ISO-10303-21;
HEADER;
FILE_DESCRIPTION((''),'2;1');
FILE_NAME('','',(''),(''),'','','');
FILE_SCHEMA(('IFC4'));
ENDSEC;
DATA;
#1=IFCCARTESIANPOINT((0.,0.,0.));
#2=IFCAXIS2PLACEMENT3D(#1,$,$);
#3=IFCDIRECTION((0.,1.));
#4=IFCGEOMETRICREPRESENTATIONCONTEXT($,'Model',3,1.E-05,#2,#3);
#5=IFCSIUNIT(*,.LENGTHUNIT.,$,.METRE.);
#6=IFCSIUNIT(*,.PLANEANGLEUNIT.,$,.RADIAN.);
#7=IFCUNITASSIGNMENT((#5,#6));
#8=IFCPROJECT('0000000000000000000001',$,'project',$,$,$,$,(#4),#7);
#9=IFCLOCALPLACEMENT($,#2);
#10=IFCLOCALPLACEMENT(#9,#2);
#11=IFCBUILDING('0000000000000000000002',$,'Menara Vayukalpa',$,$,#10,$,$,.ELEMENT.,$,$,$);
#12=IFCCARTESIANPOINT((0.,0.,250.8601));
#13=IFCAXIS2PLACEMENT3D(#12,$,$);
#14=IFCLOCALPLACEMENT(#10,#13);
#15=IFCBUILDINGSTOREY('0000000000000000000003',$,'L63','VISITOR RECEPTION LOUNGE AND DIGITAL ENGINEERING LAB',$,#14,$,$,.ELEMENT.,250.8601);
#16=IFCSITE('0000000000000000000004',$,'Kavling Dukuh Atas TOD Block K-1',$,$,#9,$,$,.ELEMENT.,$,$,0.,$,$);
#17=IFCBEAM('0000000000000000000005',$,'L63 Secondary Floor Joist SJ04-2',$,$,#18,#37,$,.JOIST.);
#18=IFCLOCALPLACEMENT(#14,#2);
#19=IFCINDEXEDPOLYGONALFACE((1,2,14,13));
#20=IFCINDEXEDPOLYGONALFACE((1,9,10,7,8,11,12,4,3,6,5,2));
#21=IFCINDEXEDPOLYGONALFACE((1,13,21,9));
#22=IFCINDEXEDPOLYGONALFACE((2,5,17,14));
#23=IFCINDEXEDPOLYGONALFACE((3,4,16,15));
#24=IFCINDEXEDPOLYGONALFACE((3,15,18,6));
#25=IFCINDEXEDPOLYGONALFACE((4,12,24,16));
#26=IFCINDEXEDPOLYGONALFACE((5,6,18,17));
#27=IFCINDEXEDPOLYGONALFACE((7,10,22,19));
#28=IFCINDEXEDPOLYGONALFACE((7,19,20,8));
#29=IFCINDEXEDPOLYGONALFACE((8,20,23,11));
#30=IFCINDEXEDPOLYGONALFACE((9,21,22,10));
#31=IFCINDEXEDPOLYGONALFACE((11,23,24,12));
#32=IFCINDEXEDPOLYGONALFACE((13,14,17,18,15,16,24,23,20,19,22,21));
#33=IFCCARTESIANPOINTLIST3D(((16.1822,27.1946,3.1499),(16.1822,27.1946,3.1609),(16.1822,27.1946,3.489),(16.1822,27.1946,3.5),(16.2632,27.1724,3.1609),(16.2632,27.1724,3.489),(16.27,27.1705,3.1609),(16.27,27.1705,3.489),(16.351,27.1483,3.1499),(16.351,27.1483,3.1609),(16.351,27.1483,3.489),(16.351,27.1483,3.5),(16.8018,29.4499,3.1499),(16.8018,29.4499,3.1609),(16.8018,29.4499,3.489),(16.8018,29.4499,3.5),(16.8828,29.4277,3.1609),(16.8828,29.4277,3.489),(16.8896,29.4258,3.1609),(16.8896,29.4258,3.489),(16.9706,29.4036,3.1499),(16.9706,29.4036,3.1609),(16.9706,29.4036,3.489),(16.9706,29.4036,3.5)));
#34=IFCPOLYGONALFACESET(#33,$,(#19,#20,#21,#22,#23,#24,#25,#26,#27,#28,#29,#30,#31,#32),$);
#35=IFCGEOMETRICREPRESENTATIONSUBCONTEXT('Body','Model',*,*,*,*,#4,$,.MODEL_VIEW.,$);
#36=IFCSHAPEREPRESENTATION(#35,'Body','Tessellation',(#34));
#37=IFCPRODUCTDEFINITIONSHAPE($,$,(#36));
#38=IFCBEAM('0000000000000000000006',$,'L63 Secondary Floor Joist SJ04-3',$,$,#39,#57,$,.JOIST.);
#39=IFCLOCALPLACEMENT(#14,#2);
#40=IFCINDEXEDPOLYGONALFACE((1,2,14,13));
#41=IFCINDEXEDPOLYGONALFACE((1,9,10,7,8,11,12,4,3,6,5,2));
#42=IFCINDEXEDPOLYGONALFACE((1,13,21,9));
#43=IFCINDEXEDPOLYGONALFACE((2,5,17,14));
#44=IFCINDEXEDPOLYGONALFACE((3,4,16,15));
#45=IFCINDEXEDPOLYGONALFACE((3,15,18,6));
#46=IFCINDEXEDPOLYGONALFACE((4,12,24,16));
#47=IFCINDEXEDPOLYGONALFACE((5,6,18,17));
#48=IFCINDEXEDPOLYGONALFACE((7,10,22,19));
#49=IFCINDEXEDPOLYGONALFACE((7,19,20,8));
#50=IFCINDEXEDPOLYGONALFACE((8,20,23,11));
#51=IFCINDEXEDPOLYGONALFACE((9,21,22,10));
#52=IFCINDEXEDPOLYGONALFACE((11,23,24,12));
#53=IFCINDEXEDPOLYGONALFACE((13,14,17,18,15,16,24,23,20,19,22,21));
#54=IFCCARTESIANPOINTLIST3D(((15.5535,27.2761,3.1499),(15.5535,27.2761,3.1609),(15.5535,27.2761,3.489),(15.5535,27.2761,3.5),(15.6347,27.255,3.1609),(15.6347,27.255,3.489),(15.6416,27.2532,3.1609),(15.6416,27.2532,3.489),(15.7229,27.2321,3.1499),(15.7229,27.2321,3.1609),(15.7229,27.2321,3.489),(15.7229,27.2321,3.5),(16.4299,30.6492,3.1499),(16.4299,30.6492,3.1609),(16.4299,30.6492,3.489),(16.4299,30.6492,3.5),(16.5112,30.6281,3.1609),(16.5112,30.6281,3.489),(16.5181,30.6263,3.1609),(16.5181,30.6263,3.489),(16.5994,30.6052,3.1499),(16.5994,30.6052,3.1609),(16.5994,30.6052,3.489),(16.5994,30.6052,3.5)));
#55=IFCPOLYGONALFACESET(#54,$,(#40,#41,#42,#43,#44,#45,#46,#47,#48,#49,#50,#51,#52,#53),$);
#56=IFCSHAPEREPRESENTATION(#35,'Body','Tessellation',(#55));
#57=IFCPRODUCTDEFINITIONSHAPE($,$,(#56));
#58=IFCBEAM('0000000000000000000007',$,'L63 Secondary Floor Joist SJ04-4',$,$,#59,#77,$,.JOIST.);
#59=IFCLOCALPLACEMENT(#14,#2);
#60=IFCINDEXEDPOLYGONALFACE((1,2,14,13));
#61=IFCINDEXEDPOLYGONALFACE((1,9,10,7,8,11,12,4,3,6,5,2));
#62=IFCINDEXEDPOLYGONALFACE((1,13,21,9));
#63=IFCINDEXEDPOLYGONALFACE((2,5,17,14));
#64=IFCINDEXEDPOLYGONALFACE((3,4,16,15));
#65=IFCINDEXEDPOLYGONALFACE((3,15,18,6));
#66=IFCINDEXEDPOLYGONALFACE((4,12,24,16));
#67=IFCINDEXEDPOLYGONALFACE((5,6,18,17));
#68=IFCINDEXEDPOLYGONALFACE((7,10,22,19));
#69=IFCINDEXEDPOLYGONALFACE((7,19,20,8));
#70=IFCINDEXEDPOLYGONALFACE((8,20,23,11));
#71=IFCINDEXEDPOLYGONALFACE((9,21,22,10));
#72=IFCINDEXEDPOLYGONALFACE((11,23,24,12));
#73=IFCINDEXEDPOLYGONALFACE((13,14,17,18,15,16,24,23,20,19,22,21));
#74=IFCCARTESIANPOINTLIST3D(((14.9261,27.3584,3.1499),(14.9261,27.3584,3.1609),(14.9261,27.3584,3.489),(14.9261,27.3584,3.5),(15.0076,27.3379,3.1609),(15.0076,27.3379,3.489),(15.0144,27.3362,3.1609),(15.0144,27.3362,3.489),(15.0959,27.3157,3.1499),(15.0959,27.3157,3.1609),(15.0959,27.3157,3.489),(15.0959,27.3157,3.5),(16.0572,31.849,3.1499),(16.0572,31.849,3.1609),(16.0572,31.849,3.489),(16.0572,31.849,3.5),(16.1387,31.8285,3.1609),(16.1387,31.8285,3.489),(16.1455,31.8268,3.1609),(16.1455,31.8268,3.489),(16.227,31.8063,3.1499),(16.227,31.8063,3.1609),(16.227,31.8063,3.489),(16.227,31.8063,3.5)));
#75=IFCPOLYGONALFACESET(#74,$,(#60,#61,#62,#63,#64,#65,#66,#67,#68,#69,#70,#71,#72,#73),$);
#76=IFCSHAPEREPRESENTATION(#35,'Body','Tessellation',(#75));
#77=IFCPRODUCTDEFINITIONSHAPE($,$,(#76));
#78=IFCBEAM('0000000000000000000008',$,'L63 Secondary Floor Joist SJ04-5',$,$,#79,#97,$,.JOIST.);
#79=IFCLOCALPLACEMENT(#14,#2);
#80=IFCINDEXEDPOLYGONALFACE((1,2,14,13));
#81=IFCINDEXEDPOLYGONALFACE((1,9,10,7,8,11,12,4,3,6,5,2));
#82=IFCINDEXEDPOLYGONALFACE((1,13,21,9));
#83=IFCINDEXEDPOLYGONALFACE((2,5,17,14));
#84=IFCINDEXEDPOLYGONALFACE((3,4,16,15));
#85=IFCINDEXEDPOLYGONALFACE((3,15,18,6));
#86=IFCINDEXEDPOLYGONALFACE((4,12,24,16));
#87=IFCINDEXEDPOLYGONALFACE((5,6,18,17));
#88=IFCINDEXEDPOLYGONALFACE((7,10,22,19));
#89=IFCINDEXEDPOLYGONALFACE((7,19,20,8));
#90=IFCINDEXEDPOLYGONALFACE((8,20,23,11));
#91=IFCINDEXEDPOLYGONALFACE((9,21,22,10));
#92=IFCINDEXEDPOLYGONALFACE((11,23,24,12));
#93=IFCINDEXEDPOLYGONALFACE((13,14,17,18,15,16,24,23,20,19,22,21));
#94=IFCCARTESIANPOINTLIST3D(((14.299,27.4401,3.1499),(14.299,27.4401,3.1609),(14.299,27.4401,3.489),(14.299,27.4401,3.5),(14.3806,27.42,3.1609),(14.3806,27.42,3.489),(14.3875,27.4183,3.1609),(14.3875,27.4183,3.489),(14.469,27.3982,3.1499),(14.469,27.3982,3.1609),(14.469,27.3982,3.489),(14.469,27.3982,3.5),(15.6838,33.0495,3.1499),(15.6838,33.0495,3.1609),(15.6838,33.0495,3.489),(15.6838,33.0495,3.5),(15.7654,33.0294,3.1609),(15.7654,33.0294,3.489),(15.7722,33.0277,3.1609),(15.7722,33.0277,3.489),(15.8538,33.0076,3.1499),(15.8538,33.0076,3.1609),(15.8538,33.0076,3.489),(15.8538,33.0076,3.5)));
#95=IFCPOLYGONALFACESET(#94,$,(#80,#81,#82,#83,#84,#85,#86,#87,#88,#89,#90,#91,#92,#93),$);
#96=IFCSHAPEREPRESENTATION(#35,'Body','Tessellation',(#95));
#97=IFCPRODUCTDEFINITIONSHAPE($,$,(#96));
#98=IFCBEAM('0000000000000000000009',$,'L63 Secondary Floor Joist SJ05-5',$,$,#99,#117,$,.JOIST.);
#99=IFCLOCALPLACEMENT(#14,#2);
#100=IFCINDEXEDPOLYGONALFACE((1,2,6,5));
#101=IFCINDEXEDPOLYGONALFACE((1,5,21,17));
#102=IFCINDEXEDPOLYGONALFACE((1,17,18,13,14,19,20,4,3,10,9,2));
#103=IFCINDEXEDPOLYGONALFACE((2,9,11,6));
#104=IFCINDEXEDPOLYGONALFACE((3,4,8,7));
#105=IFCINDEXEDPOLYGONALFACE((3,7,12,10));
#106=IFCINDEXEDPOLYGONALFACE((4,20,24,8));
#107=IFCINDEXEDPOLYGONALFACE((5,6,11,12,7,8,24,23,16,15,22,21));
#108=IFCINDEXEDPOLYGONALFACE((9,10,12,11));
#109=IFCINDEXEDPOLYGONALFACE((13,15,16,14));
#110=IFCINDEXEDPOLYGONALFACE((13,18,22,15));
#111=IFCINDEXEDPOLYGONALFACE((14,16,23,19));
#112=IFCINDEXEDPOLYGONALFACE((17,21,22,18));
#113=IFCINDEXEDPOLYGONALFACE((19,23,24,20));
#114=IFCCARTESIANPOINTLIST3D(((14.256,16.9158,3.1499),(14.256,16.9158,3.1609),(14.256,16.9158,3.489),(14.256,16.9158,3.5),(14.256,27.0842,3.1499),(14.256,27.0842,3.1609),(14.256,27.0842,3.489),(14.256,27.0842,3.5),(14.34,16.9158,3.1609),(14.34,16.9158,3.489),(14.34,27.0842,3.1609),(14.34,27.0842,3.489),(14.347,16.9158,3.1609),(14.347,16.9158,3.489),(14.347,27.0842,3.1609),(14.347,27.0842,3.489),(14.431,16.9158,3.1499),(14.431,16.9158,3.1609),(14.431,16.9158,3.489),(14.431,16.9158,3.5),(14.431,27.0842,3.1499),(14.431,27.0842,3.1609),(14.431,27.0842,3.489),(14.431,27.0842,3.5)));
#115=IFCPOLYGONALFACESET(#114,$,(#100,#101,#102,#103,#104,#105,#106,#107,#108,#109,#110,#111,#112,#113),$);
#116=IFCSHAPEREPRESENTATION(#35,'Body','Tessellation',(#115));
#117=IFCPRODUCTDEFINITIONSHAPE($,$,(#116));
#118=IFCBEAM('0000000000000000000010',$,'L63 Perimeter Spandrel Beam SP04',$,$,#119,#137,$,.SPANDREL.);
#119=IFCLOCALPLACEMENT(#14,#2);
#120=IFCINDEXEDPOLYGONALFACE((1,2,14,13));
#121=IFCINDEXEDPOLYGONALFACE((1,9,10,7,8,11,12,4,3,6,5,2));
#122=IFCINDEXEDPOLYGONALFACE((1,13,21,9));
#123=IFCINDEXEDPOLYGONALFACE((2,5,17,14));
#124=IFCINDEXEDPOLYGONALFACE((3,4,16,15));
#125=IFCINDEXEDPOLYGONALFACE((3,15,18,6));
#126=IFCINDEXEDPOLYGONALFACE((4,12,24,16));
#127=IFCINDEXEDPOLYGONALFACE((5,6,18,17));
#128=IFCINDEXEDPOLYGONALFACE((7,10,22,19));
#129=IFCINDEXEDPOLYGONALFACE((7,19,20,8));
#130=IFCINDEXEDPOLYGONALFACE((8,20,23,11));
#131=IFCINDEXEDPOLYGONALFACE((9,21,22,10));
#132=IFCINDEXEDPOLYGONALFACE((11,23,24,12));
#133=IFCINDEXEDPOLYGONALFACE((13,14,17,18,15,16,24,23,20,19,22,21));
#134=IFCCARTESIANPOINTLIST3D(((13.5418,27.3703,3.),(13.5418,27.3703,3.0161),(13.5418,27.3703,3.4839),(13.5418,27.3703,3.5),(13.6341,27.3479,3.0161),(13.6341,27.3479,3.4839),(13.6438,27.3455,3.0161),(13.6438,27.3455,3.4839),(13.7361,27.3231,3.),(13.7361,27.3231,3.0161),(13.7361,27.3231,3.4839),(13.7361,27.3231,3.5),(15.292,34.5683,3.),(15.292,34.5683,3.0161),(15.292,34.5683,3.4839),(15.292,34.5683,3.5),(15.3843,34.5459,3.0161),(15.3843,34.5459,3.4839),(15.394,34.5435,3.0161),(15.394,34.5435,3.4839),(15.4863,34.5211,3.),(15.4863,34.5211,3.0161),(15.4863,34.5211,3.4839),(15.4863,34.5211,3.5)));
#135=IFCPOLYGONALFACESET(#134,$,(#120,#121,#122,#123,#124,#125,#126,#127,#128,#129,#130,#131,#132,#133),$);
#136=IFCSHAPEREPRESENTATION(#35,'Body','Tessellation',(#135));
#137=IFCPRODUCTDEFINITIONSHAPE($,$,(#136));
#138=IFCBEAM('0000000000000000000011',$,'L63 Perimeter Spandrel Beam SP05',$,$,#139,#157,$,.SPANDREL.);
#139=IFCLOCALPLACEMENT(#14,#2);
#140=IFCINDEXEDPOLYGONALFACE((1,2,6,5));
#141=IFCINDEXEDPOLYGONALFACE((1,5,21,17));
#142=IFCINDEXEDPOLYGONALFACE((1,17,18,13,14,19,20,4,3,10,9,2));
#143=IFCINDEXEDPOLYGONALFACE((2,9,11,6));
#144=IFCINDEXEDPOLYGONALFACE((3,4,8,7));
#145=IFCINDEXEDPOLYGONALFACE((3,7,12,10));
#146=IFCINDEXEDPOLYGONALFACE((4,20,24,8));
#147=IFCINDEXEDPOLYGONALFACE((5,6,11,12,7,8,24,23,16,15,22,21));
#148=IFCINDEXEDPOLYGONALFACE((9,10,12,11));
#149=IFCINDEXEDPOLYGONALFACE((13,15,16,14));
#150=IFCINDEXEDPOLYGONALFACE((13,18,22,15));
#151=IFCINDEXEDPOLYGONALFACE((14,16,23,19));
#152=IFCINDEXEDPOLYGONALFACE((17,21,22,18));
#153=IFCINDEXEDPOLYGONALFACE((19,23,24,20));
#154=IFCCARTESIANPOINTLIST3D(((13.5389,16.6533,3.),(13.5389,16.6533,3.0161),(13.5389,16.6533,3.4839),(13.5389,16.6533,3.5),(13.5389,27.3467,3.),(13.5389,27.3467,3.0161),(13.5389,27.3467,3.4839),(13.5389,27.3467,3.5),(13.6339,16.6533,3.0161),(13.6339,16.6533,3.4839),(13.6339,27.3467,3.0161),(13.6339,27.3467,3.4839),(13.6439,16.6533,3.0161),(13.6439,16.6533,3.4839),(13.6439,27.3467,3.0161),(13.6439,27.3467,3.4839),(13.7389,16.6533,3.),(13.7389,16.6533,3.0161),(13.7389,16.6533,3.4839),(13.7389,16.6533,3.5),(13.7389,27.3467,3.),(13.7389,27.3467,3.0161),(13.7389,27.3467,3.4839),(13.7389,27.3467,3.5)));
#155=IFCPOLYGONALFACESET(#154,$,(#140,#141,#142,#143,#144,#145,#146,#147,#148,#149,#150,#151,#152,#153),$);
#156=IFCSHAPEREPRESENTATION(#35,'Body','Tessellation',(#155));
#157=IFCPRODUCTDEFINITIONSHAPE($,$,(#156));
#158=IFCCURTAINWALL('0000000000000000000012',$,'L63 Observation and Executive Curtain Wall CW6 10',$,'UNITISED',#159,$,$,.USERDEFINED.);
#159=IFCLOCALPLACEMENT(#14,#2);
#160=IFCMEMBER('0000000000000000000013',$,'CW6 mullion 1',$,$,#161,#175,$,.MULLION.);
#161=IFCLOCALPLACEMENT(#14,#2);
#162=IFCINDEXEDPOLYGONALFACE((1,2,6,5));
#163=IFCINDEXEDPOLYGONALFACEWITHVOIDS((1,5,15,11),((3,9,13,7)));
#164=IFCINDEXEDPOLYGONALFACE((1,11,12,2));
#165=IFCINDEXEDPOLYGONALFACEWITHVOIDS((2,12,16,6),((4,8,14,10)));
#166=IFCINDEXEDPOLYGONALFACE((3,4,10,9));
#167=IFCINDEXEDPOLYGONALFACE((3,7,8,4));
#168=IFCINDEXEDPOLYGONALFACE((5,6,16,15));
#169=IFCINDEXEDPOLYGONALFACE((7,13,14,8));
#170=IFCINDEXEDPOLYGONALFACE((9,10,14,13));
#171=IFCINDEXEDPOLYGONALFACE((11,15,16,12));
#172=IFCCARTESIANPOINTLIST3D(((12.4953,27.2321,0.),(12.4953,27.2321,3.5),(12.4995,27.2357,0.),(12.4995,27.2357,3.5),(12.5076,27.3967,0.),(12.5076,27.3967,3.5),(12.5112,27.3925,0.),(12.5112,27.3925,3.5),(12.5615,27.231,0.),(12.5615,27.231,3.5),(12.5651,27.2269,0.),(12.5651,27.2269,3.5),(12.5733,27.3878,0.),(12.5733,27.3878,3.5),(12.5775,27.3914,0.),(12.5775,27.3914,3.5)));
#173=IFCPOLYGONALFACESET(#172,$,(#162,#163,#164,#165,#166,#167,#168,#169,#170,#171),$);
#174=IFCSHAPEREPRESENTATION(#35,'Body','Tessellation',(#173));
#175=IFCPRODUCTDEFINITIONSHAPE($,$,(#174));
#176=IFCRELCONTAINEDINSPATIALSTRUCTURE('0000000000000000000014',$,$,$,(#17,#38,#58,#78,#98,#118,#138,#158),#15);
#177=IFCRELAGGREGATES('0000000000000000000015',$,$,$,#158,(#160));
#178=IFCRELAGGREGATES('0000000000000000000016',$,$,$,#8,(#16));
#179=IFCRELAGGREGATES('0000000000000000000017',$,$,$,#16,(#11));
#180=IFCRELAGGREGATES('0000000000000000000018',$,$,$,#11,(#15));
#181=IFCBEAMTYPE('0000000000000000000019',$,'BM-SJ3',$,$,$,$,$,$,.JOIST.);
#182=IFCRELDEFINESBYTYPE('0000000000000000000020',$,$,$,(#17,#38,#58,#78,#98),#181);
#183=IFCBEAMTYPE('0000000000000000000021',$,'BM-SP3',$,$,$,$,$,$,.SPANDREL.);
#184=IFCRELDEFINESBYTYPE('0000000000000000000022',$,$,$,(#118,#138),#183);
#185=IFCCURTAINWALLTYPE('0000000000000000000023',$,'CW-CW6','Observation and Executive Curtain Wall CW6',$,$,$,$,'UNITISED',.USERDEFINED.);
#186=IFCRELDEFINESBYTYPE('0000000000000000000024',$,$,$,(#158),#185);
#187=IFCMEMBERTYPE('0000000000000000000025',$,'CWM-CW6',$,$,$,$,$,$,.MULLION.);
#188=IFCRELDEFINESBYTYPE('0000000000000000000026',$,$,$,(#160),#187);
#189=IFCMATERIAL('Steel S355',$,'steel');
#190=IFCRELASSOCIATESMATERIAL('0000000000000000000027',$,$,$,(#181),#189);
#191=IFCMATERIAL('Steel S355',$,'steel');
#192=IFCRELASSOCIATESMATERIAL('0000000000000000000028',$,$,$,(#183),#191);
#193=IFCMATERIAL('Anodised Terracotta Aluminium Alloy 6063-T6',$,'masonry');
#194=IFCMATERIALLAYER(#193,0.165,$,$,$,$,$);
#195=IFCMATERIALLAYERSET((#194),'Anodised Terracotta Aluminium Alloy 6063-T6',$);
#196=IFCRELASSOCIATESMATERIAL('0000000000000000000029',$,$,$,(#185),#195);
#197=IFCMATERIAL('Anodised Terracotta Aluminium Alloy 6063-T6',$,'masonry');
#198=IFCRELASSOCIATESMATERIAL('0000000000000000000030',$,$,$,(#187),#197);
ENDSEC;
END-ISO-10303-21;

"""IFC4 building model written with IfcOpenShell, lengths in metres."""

from ifc_helpers import new_model, si_unit, direction, frame, origin, origin_2d, place, context, subcontext, project, spatial, hollow_rectangle, i_section, extrude, material, layer, layer_set, material_profile, profile_set, type_object, element, aggregate, save


model = new_model("IFC4")

# Units and contexts
model_context = context("Model", 3, precision=1e-05, world=origin(), true_north=direction((0.0, 1.0)))
body_context = subcontext(model_context, "Body", "Model", "MODEL_VIEW")
ifc_project = project(units=[si_unit("LENGTHUNIT", "METRE"), si_unit("PLANEANGLEUNIT", "RADIAN")], contexts=[model_context])

# Site, building, storey
site_placement = place(None, origin())
site = spatial("IfcSite", under=ifc_project, at=site_placement, Name="Kavling Dukuh Atas TOD Block K-1", CompositionType="ELEMENT", RefElevation=0.0)
building_placement = place(site_placement, origin())
building = spatial("IfcBuilding", under=site, at=building_placement, Name="Menara Vayukalpa", CompositionType="ELEMENT")
storey_placement = place(building_placement, frame((0.0, 0.0, 250.8601)))
storey = spatial("IfcBuildingStorey", under=building, at=storey_placement, Name="L63", Description="VISITOR RECEPTION LOUNGE AND DIGITAL ENGINEERING LAB", CompositionType="ELEMENT", Elevation=250.8601)

# Beams
ifc_material_1 = material(Name="Steel S355", Category="steel")
ifc_material_profile_1 = material_profile(ifc_material_1, i_section(OverallWidth=0.175, OverallDepth=0.3501, WebThickness=0.0071, FlangeThickness=0.011, at=origin_2d()), Name="WF 350x175x7x11")
ifc_profile_set_1 = profile_set([ifc_material_profile_1], Name="Steel S355")
beam_type_1 = type_object("IfcBeamType", Name="BM-SJ3", PredefinedType="JOIST", material=ifc_profile_set_1)
beam_1_placement = place(storey_placement, frame((16.8862, 29.4268, 3.325), z_axis=(-0.264919, -0.964271, 0.0), x_axis=(0.964271, -0.264919, 0.0)))
element("IfcBeam", 1, at=beam_1_placement, inside=storey, type_object=beam_type_1, Name="L63 Secondary Floor Joist SJ04-2", PredefinedType="JOIST", context=body_context, shape_type="SweptSolid", body=[
    extrude(i_section(OverallWidth=0.175, OverallDepth=0.3501, WebThickness=0.0071, FlangeThickness=0.011, at=origin_2d()), origin(), (0.0, 0.0, 1.0), 2.3389),
])
beam_2_placement = place(storey_placement, frame((16.5146, 30.6272, 3.325), z_axis=(-0.251492, -0.967859, 0.0), x_axis=(0.967859, -0.251492, 0.0)))
element("IfcBeam", 2, at=beam_2_placement, inside=storey, type_object=beam_type_1, Name="L63 Secondary Floor Joist SJ04-3", PredefinedType="JOIST", context=body_context, shape_type="SweptSolid", body=[
    extrude(i_section(OverallWidth=0.175, OverallDepth=0.3501, WebThickness=0.0071, FlangeThickness=0.011, at=origin_2d()), origin(), (0.0, 0.0, 1.0), 3.4851),
])
beam_3_placement = place(storey_placement, frame((16.1421, 31.8276, 3.325), z_axis=(-0.244247, -0.969713, 0.0), x_axis=(0.969713, -0.244247, 0.0)))
element("IfcBeam", 3, at=beam_3_placement, inside=storey, type_object=beam_type_1, Name="L63 Secondary Floor Joist SJ04-4", PredefinedType="JOIST", context=body_context, shape_type="SweptSolid", body=[
    extrude(i_section(OverallWidth=0.175, OverallDepth=0.3501, WebThickness=0.0071, FlangeThickness=0.011, at=origin_2d()), origin(), (0.0, 0.0, 1.0), 4.6309),
])
beam_4_placement = place(storey_placement, frame((15.7688, 33.0286, 3.325), z_axis=(-0.239671, -0.970854, 0.0), x_axis=(0.970854, -0.239671, 0.0)))
element("IfcBeam", 4, at=beam_4_placement, inside=storey, type_object=beam_type_1, Name="L63 Secondary Floor Joist SJ04-5", PredefinedType="JOIST", context=body_context, shape_type="SweptSolid", body=[
    extrude(i_section(OverallWidth=0.175, OverallDepth=0.3501, WebThickness=0.0071, FlangeThickness=0.011, at=origin_2d()), origin(), (0.0, 0.0, 1.0), 5.7778),
])
beam_5_placement = place(storey_placement, frame((14.3435, 27.0842, 3.325), z_axis=(0.0, -1.0, 0.0), x_axis=(1.0, 0.0, 0.0)))
element("IfcBeam", 5, at=beam_5_placement, inside=storey, type_object=beam_type_1, Name="L63 Secondary Floor Joist SJ05-5", PredefinedType="JOIST", context=body_context, shape_type="SweptSolid", body=[
    extrude(i_section(OverallWidth=0.175, OverallDepth=0.3501, WebThickness=0.0071, FlangeThickness=0.011, at=origin_2d()), origin(), (0.0, 0.0, 1.0), 10.1685),
])
ifc_material_2 = material(Name="Steel S355", Category="steel")
ifc_material_profile_2 = material_profile(ifc_material_2, i_section(OverallWidth=0.2, OverallDepth=0.5, WebThickness=0.01, FlangeThickness=0.0161, at=origin_2d()), Name="WF 500x200x10x16")
ifc_profile_set_2 = profile_set([ifc_material_profile_2], Name="Steel S355")
beam_type_2 = type_object("IfcBeamType", Name="BM-SP3", PredefinedType="SPANDREL", material=ifc_profile_set_2)
beam_6_placement = place(storey_placement, frame((15.3892, 34.5447, 3.25), z_axis=(-0.236273, -0.971687, 0.0), x_axis=(0.971687, -0.236273, 0.0)))
element("IfcBeam", 6, at=beam_6_placement, inside=storey, type_object=beam_type_2, Name="L63 Perimeter Spandrel Beam SP04", PredefinedType="SPANDREL", context=body_context, shape_type="SweptSolid", body=[
    extrude(i_section(OverallWidth=0.2, OverallDepth=0.5, WebThickness=0.01, FlangeThickness=0.0161, at=origin_2d()), origin(), (0.0, 0.0, 1.0), 7.4077),
])
beam_7_placement = place(storey_placement, frame((13.6389, 27.3467, 3.25), z_axis=(0.0, -1.0, 0.0), x_axis=(1.0, 0.0, 0.0)))
element("IfcBeam", 7, at=beam_7_placement, inside=storey, type_object=beam_type_2, Name="L63 Perimeter Spandrel Beam SP05", PredefinedType="SPANDREL", context=body_context, shape_type="SweptSolid", body=[
    extrude(i_section(OverallWidth=0.2, OverallDepth=0.5, WebThickness=0.01, FlangeThickness=0.0161, at=origin_2d()), origin(), (0.0, 0.0, 1.0), 10.6934),
])

# Curtain wall, member
ifc_material_3 = material(Name="Anodised Terracotta Aluminium Alloy 6063-T6", Category="masonry")
ifc_layer_1 = layer(ifc_material_3, 0.165)
ifc_layer_set_1 = layer_set([ifc_layer_1], Name="Anodised Terracotta Aluminium Alloy 6063-T6")
curtain_wall_type = type_object("IfcCurtainWallType", Name="CW-CW6", Description="Observation and Executive Curtain Wall CW6", ElementType="UNITISED", PredefinedType="USERDEFINED", material=ifc_layer_set_1)
curtain_wall_placement = place(storey_placement, origin())
curtain_wall = element("IfcCurtainWall", 8, at=curtain_wall_placement, inside=storey, type_object=curtain_wall_type, Name="L63 Observation and Executive Curtain Wall CW6 10", ObjectType="UNITISED", PredefinedType="USERDEFINED")
ifc_material_4 = material(Name="Anodised Terracotta Aluminium Alloy 6063-T6", Category="masonry")
ifc_material_profile_3 = material_profile(ifc_material_4, hollow_rectangle(XDim=0.0701, YDim=0.165, WallThickness=0.0039, at=origin_2d()), Name="ALU 70x165x4")
ifc_profile_set_3 = profile_set([ifc_material_profile_3], Name="Anodised Terracotta Aluminium Alloy 6063-T6")
member_type_1 = type_object("IfcMemberType", Name="CWM-CW6", PredefinedType="MULLION", material=ifc_profile_set_3)
member_1_placement = place(storey_placement, frame((12.5364, 27.3118, 0.0), z_axis=(0.0, 0.0, 1.0), x_axis=(0.997199, -0.074789, 0.0)))
member_1 = element("IfcMember", 9, at=member_1_placement, type_object=member_type_1, Name="CW6 mullion 1", PredefinedType="MULLION", context=body_context, shape_type="SweptSolid", body=[
    extrude(hollow_rectangle(XDim=0.0701, YDim=0.165, WallThickness=0.0039, at=origin_2d()), origin(), (0.0, 0.0, 1.0), 3.5),
])
aggregate(curtain_wall, [member_1])

save(model, "model.ifc")
